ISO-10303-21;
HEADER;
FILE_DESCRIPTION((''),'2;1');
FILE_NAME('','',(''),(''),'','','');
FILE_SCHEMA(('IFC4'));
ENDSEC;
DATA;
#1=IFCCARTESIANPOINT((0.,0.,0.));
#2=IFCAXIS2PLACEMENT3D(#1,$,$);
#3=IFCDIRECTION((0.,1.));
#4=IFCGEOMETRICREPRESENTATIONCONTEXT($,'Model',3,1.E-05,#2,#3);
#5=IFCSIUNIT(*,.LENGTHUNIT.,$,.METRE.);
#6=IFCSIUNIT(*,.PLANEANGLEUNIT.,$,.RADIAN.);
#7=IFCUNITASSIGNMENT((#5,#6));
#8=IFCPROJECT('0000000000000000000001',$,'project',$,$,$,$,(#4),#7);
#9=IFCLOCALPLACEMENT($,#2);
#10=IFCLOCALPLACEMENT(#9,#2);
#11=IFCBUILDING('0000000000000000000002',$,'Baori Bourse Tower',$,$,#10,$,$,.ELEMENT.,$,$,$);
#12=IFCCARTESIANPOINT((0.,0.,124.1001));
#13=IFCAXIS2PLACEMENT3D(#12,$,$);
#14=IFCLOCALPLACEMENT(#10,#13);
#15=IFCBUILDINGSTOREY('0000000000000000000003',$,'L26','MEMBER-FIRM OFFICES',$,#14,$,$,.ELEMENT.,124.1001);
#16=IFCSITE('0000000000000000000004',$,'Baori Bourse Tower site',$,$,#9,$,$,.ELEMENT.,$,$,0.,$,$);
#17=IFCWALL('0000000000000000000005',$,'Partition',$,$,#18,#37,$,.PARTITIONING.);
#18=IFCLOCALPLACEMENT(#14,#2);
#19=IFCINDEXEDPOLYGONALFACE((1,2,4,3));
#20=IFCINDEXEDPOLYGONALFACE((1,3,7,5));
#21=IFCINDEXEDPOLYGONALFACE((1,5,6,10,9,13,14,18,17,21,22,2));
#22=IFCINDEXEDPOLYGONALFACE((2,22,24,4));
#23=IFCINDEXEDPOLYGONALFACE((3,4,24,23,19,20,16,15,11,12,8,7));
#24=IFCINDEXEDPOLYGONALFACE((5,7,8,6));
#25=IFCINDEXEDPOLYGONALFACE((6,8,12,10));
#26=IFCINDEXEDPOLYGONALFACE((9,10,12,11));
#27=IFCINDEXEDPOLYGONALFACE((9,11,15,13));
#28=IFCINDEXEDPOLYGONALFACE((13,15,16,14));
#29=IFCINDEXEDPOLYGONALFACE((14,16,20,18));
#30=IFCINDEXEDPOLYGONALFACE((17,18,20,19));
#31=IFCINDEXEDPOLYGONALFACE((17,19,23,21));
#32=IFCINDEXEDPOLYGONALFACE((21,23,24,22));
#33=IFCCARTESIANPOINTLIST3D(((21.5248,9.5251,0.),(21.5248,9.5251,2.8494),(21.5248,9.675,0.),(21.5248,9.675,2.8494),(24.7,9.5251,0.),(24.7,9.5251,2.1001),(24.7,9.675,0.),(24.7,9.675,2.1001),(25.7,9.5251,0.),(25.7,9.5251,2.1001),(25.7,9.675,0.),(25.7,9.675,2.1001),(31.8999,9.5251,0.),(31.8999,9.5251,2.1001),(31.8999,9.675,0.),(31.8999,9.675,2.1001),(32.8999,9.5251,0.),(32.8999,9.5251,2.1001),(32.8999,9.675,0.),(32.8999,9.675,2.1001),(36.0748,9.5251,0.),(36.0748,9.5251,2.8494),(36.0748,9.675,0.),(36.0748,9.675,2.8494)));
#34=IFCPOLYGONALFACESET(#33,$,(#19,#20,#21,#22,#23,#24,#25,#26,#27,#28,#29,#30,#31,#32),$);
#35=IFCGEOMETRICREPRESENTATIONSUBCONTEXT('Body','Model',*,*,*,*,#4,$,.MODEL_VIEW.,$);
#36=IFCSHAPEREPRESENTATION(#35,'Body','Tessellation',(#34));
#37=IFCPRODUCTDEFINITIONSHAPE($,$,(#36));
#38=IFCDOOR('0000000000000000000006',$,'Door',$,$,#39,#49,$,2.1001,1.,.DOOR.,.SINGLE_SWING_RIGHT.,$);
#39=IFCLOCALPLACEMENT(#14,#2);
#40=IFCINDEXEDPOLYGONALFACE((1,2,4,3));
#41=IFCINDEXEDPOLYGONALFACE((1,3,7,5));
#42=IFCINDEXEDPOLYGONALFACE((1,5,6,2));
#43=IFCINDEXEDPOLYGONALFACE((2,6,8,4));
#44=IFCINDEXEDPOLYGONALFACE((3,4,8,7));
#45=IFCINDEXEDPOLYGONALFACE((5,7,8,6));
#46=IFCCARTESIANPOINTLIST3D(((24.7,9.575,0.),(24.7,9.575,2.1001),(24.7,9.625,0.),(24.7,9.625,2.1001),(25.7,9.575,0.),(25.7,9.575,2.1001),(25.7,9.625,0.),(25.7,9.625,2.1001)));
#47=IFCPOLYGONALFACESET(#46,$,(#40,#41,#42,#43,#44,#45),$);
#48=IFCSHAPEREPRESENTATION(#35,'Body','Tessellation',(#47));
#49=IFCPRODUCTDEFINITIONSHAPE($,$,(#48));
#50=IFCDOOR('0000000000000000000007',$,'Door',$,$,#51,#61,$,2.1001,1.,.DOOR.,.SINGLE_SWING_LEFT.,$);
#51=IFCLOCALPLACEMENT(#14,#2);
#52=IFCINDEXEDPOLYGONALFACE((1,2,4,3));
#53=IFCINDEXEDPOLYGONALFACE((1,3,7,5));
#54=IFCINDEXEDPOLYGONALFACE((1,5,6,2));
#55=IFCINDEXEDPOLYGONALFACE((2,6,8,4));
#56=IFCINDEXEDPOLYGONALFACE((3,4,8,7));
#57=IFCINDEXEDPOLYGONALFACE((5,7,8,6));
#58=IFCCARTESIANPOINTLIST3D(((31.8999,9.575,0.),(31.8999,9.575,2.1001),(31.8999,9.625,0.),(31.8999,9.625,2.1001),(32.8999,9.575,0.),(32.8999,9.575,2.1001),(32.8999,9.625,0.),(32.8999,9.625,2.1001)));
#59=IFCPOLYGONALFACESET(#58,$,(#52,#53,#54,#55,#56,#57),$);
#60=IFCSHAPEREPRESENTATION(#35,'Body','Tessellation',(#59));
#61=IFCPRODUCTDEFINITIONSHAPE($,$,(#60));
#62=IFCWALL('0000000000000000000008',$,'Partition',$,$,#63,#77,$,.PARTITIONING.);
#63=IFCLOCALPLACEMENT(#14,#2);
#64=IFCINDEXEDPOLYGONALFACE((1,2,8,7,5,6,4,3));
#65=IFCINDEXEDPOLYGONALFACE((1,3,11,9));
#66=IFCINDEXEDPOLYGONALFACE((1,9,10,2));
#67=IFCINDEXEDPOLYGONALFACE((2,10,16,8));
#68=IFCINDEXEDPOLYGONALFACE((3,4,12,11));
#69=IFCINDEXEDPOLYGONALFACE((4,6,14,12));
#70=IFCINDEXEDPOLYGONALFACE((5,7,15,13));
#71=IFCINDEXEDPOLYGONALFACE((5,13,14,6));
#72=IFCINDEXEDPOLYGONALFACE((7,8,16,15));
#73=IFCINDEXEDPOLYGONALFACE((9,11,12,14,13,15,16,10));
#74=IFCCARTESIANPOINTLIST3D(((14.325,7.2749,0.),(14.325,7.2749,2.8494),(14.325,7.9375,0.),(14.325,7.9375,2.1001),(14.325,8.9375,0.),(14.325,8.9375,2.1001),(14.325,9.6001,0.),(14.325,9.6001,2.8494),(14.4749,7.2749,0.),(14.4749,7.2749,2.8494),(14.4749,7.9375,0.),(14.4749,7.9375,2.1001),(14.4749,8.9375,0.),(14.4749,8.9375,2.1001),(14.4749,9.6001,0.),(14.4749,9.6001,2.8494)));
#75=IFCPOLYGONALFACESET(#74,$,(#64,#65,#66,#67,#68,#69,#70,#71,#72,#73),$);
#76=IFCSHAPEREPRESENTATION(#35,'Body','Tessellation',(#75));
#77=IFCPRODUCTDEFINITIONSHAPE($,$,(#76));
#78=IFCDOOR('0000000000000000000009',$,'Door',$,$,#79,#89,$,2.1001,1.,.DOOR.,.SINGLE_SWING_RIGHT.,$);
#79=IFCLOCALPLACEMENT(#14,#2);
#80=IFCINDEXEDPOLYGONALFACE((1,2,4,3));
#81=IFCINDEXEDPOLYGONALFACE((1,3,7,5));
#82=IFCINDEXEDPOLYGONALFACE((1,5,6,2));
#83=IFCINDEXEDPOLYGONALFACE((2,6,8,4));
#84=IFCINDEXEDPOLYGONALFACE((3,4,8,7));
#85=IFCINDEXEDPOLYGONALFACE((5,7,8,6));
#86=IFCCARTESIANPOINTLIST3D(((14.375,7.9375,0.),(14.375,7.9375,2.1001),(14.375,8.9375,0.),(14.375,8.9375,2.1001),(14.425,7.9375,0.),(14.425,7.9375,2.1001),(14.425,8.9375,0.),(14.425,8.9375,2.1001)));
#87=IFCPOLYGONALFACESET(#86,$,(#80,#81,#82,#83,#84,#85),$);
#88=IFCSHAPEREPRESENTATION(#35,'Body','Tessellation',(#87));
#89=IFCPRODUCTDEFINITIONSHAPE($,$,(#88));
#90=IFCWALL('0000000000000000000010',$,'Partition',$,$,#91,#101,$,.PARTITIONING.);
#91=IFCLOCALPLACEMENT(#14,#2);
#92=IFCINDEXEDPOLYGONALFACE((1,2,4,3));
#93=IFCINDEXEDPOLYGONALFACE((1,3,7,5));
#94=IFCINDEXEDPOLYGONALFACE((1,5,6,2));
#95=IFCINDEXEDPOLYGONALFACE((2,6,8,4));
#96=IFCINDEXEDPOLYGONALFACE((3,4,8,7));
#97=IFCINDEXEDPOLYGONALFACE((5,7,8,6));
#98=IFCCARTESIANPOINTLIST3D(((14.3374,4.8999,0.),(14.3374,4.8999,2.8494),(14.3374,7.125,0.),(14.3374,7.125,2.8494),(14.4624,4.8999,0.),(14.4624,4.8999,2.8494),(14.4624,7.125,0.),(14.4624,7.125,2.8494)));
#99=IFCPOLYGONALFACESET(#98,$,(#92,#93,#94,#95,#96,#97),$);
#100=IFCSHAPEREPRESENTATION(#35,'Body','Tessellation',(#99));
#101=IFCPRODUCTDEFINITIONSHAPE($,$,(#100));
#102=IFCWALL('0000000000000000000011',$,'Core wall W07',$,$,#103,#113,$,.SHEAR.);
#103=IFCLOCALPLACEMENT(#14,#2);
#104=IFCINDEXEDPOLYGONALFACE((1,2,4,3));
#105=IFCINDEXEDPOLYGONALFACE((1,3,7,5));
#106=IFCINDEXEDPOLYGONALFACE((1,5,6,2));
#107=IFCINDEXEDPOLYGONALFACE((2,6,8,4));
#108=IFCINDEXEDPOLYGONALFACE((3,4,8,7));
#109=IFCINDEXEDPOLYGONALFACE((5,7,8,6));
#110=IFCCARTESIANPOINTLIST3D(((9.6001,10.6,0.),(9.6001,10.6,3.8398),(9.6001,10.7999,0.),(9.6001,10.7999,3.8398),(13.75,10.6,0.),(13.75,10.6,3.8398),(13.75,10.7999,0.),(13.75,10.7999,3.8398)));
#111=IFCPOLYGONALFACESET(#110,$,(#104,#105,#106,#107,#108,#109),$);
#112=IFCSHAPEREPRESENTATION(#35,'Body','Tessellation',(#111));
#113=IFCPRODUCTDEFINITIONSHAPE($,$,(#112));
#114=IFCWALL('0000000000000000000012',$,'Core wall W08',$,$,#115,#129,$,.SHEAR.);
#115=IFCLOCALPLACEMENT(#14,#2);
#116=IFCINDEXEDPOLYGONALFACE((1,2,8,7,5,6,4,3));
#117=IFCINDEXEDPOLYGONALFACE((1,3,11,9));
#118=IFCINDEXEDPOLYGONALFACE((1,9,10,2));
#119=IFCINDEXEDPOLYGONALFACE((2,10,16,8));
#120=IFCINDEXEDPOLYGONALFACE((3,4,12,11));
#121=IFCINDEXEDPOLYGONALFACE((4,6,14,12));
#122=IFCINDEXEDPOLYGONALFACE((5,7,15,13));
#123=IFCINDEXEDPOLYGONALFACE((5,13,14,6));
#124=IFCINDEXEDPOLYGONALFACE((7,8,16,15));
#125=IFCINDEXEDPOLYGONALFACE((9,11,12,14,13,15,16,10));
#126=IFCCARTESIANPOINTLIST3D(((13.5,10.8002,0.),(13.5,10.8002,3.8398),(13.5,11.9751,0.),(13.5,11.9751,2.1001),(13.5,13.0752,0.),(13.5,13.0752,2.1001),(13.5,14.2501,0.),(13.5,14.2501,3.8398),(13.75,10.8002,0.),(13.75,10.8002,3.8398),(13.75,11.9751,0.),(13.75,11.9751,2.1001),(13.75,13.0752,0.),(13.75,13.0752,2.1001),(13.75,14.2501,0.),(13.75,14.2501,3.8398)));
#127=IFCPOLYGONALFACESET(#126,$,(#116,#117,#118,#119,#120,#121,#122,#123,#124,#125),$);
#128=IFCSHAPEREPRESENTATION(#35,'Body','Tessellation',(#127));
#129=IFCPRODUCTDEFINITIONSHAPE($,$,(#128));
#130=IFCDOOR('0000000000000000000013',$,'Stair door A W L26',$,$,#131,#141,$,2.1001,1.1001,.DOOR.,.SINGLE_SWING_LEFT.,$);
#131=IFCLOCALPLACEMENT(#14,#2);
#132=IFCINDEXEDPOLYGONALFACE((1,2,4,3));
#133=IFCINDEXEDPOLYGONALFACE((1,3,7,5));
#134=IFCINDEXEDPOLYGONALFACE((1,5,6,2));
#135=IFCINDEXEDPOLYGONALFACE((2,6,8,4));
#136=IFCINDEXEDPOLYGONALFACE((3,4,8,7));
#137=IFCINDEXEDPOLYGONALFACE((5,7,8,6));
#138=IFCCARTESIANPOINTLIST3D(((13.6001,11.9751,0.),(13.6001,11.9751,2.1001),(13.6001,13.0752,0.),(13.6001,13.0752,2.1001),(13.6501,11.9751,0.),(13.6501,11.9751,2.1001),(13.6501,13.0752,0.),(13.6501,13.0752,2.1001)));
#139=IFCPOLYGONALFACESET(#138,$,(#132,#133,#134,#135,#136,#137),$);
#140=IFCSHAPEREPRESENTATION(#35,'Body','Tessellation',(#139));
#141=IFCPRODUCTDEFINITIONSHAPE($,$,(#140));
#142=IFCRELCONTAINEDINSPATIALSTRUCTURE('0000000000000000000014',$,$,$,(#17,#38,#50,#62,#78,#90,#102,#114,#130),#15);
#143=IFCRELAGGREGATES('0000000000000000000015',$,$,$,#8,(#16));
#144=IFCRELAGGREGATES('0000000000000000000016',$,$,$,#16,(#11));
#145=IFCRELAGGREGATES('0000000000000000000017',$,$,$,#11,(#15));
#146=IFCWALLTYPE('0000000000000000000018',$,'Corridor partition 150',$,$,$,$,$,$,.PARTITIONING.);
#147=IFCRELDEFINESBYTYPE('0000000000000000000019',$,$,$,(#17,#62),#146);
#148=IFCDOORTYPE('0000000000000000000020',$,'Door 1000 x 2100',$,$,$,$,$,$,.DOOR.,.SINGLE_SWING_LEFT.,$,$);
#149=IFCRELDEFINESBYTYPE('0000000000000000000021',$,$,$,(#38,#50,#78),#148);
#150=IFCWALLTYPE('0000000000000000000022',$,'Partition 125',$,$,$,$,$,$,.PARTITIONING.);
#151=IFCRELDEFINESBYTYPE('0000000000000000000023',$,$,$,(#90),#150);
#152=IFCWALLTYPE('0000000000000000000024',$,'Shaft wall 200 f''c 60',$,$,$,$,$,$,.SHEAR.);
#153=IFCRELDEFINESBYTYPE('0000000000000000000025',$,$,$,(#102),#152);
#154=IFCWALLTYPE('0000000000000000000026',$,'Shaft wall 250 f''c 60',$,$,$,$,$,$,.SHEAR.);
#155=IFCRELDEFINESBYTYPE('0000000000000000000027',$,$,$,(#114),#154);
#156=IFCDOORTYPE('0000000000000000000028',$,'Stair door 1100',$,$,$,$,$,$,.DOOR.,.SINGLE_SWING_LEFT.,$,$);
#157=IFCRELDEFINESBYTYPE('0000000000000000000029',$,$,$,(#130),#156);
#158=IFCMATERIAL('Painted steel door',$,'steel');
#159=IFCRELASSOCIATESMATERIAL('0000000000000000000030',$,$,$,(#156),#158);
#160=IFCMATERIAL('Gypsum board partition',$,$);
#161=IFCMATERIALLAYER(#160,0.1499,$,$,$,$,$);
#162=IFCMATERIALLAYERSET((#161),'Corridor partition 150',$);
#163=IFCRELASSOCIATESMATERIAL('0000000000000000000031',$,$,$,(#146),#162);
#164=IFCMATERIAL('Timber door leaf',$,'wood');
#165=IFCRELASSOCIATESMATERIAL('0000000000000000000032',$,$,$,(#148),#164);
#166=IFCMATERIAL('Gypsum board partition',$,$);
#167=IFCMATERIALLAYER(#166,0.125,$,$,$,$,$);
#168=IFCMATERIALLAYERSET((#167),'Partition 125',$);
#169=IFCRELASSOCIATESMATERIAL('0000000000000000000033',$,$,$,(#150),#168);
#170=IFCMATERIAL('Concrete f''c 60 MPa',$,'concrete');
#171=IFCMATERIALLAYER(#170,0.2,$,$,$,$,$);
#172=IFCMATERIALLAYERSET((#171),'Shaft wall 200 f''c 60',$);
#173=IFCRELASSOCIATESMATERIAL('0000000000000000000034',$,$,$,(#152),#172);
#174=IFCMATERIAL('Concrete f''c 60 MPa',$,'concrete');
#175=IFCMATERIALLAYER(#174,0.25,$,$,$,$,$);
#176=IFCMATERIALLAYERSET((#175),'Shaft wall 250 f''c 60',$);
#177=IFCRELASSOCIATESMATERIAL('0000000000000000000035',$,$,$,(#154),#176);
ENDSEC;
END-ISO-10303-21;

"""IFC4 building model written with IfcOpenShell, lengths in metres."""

from ifc_helpers import new_model, si_unit, direction, frame, frame_2d, origin, place, context, subcontext, project, spatial, rectangle, extrude, material, layer, layer_set, type_object, element, fill, save


model = new_model("IFC4")

# Units and contexts
model_context = context("Model", 3, precision=1e-05, world=origin(), true_north=direction((0.0, 1.0)))
body_context = subcontext(model_context, "Body", "Model", "MODEL_VIEW")
ifc_project = project(units=[si_unit("LENGTHUNIT", "METRE"), si_unit("PLANEANGLEUNIT", "RADIAN")], contexts=[model_context])

# Site, building, storey
site_placement = place(None, origin())
site = spatial("IfcSite", under=ifc_project, at=site_placement, Name="Baori Bourse Tower site", CompositionType="ELEMENT", RefElevation=0.0)
building_placement = place(site_placement, origin())
building = spatial("IfcBuilding", under=site, at=building_placement, Name="Baori Bourse Tower", CompositionType="ELEMENT")
storey_placement = place(building_placement, frame((0.0, 0.0, 124.1001)))
storey = spatial("IfcBuildingStorey", under=building, at=storey_placement, Name="L26", Description="MEMBER-FIRM OFFICES", CompositionType="ELEMENT", Elevation=124.1001)

# Shared definitions
ifc_material_1 = material(Name="Painted steel door", Category="steel")
door_type_1 = type_object("IfcDoorType", Name="Stair door 1100", OperationType="SINGLE_SWING_LEFT", PredefinedType="DOOR", material=ifc_material_1)

# Wall, openings, doors
ifc_material_2 = material(Name="Gypsum board partition")
ifc_layer_1 = layer(ifc_material_2, 0.1499)
ifc_layer_set_1 = layer_set([ifc_layer_1], Name="Corridor partition 150")
wall_type_1 = type_object("IfcWallType", Name="Corridor partition 150", PredefinedType="PARTITIONING", material=ifc_layer_set_1)
ifc_material_3 = material(Name="Timber door leaf", Category="wood")
door_type_2 = type_object("IfcDoorType", Name="Door 1000 x 2100", OperationType="SINGLE_SWING_LEFT", PredefinedType="DOOR", material=ifc_material_3)
wall_1_placement = place(storey_placement, frame((21.5249, 9.6001, 0.0), z_axis=(0.0, 0.0, 1.0), x_axis=(1.0, 0.0, 0.0)))
wall_1 = element("IfcWall", 1, at=wall_1_placement, inside=storey, type_object=wall_type_1, Name="Partition", PredefinedType="PARTITIONING", context=body_context, shape_type="SweptSolid", body=[
    extrude(rectangle(XDim=14.55, YDim=0.1499, at=frame_2d((7.2749, 0.0))), origin(), (0.0, 0.0, 1.0), 2.8494),
])
opening_1_placement = place(wall_1_placement, frame((3.175, 0.0, 0.0)))
opening_1 = element("IfcOpeningElement", 2, at=opening_1_placement, cuts=wall_1, PredefinedType="OPENING", context=body_context, shape_type="SweptSolid", body=[
    extrude(rectangle(XDim=1.0, YDim=2.1001, at=frame_2d((0.5, 1.05))), frame((0.0, 0.085, 0.0), z_axis=(0.0, -1.0, 0.0), x_axis=(1.0, 0.0, 0.0)), (0.0, 0.0, 1.0), 0.1699),
])
opening_2_placement = place(wall_1_placement, frame((10.375, 0.0, 0.0)))
opening_2 = element("IfcOpeningElement", 3, at=opening_2_placement, cuts=wall_1, PredefinedType="OPENING", context=body_context, shape_type="SweptSolid", body=[
    extrude(rectangle(XDim=1.0, YDim=2.1001, at=frame_2d((0.5, 1.05))), frame((0.0, 0.085, 0.0), z_axis=(0.0, -1.0, 0.0), x_axis=(1.0, 0.0, 0.0)), (0.0, 0.0, 1.0), 0.1699),
])
door_1_placement = place(opening_1_placement, origin())
door_1 = element("IfcDoor", 4, at=door_1_placement, inside=storey, type_object=door_type_2, Name="Door", OperationType="SINGLE_SWING_RIGHT", OverallHeight=2.1001, OverallWidth=1.0, PredefinedType="DOOR", context=body_context, shape_type="SweptSolid", body=[
    extrude(rectangle(XDim=1.0, YDim=2.1001, at=frame_2d((0.5, 1.05))), frame((0.0, 0.0249, 0.0), z_axis=(0.0, -1.0, 0.0), x_axis=(1.0, 0.0, 0.0)), (0.0, 0.0, 1.0), 0.05),
])
fill(opening_1, door_1)
door_2_placement = place(opening_2_placement, origin())
door_2 = element("IfcDoor", 5, at=door_2_placement, inside=storey, type_object=door_type_2, Name="Door", OperationType="SINGLE_SWING_LEFT", OverallHeight=2.1001, OverallWidth=1.0, PredefinedType="DOOR", context=body_context, shape_type="SweptSolid", body=[
    extrude(rectangle(XDim=1.0, YDim=2.1001, at=frame_2d((0.5, 1.05))), frame((0.0, 0.0249, 0.0), z_axis=(0.0, -1.0, 0.0), x_axis=(1.0, 0.0, 0.0)), (0.0, 0.0, 1.0), 0.05),
])
fill(opening_2, door_2)

# Wall, opening, door
wall_2_placement = place(storey_placement, frame((14.3999, 7.2749, 0.0), z_axis=(0.0, 0.0, 1.0), x_axis=(0.0, 1.0, 0.0)))
wall_2 = element("IfcWall", 6, at=wall_2_placement, inside=storey, type_object=wall_type_1, Name="Partition", PredefinedType="PARTITIONING", context=body_context, shape_type="SweptSolid", body=[
    extrude(rectangle(XDim=2.3252, YDim=0.1499, at=frame_2d((1.1626, 0.0))), origin(), (0.0, 0.0, 1.0), 2.8494),
])
opening_3_placement = place(wall_2_placement, frame((0.6626, 0.0, 0.0)))
opening_3 = element("IfcOpeningElement", 7, at=opening_3_placement, cuts=wall_2, PredefinedType="OPENING", context=body_context, shape_type="SweptSolid", body=[
    extrude(rectangle(XDim=1.0, YDim=2.1001, at=frame_2d((0.5, 1.05))), frame((0.0, 0.085, 0.0), z_axis=(0.0, -1.0, 0.0), x_axis=(1.0, 0.0, 0.0)), (0.0, 0.0, 1.0), 0.1699),
])
door_3_placement = place(opening_3_placement, origin())
door_3 = element("IfcDoor", 8, at=door_3_placement, inside=storey, type_object=door_type_2, Name="Door", OperationType="SINGLE_SWING_RIGHT", OverallHeight=2.1001, OverallWidth=1.0, PredefinedType="DOOR", context=body_context, shape_type="SweptSolid", body=[
    extrude(rectangle(XDim=1.0, YDim=2.1001, at=frame_2d((0.5, 1.05))), frame((0.0, 0.0249, 0.0), z_axis=(0.0, -1.0, 0.0), x_axis=(1.0, 0.0, 0.0)), (0.0, 0.0, 1.0), 0.05),
])
fill(opening_3, door_3)

# Walls
ifc_material_4 = material(Name="Gypsum board partition")
ifc_layer_2 = layer(ifc_material_4, 0.125)
ifc_layer_set_2 = layer_set([ifc_layer_2], Name="Partition 125")
wall_type_2 = type_object("IfcWallType", Name="Partition 125", PredefinedType="PARTITIONING", material=ifc_layer_set_2)
wall_3_placement = place(storey_placement, frame((14.3999, 4.8999, 0.0), z_axis=(0.0, 0.0, 1.0), x_axis=(0.0, 1.0, 0.0)))
element("IfcWall", 9, at=wall_3_placement, inside=storey, type_object=wall_type_2, Name="Partition", PredefinedType="PARTITIONING", context=body_context, shape_type="SweptSolid", body=[
    extrude(rectangle(XDim=2.2251, YDim=0.125, at=frame_2d((1.1125, 0.0))), origin(), (0.0, 0.0, 1.0), 2.8494),
])
ifc_material_5 = material(Name="Concrete f'c 60 MPa", Category="concrete")
ifc_layer_3 = layer(ifc_material_5, 0.2)
ifc_layer_set_3 = layer_set([ifc_layer_3], Name="Shaft wall 200 f'c 60")
wall_type_3 = type_object("IfcWallType", Name="Shaft wall 200 f'c 60", PredefinedType="SHEAR", material=ifc_layer_set_3)
wall_4_placement = place(storey_placement, frame((9.6001, 10.7, 0.0), z_axis=(0.0, 0.0, 1.0), x_axis=(1.0, 0.0, 0.0)))
element("IfcWall", 10, at=wall_4_placement, inside=storey, type_object=wall_type_3, Name="Core wall W07", PredefinedType="SHEAR", context=body_context, shape_type="SweptSolid", body=[
    extrude(rectangle(XDim=4.1499, YDim=0.2, at=frame_2d((2.075, 0.0))), origin(), (0.0, 0.0, 1.0), 3.8398),
])

# Wall, opening, door
ifc_material_6 = material(Name="Concrete f'c 60 MPa", Category="concrete")
ifc_layer_4 = layer(ifc_material_6, 0.25)
ifc_layer_set_4 = layer_set([ifc_layer_4], Name="Shaft wall 250 f'c 60")
wall_type_4 = type_object("IfcWallType", Name="Shaft wall 250 f'c 60", PredefinedType="SHEAR", material=ifc_layer_set_4)
wall_5_placement = place(storey_placement, frame((13.625, 10.8, 0.0), z_axis=(0.0, 0.0, 1.0), x_axis=(0.0, 1.0, 0.0)))
wall_5 = element("IfcWall", 11, at=wall_5_placement, inside=storey, type_object=wall_type_4, Name="Core wall W08", PredefinedType="SHEAR", context=body_context, shape_type="SweptSolid", body=[
    extrude(rectangle(XDim=3.45, YDim=0.25, at=frame_2d((1.7251, 0.0))), origin(), (0.0, 0.0, 1.0), 3.8398),
])
opening_4_placement = place(wall_5_placement, frame((1.175, 0.0, 0.0)))
opening_4 = element("IfcOpeningElement", 12, at=opening_4_placement, cuts=wall_5, PredefinedType="OPENING", context=body_context, shape_type="SweptSolid", body=[
    extrude(rectangle(XDim=1.1001, YDim=2.1001, at=frame_2d((0.55, 1.05))), frame((0.0, 0.135, 0.0), z_axis=(0.0, -1.0, 0.0), x_axis=(1.0, 0.0, 0.0)), (0.0, 0.0, 1.0), 0.27),
])
door_4_placement = place(opening_4_placement, origin())
door_4 = element("IfcDoor", 13, at=door_4_placement, inside=storey, type_object=door_type_1, Name="Stair door A W L26", OperationType="SINGLE_SWING_LEFT", OverallHeight=2.1001, OverallWidth=1.1001, PredefinedType="DOOR", context=body_context, shape_type="SweptSolid", body=[
    extrude(rectangle(XDim=1.1001, YDim=2.1001, at=frame_2d((0.55, 1.05))), frame((0.0, 0.0249, 0.0), z_axis=(0.0, -1.0, 0.0), x_axis=(1.0, 0.0, 0.0)), (0.0, 0.0, 1.0), 0.05),
])
fill(opening_4, door_4)

save(model, "model.ifc")
